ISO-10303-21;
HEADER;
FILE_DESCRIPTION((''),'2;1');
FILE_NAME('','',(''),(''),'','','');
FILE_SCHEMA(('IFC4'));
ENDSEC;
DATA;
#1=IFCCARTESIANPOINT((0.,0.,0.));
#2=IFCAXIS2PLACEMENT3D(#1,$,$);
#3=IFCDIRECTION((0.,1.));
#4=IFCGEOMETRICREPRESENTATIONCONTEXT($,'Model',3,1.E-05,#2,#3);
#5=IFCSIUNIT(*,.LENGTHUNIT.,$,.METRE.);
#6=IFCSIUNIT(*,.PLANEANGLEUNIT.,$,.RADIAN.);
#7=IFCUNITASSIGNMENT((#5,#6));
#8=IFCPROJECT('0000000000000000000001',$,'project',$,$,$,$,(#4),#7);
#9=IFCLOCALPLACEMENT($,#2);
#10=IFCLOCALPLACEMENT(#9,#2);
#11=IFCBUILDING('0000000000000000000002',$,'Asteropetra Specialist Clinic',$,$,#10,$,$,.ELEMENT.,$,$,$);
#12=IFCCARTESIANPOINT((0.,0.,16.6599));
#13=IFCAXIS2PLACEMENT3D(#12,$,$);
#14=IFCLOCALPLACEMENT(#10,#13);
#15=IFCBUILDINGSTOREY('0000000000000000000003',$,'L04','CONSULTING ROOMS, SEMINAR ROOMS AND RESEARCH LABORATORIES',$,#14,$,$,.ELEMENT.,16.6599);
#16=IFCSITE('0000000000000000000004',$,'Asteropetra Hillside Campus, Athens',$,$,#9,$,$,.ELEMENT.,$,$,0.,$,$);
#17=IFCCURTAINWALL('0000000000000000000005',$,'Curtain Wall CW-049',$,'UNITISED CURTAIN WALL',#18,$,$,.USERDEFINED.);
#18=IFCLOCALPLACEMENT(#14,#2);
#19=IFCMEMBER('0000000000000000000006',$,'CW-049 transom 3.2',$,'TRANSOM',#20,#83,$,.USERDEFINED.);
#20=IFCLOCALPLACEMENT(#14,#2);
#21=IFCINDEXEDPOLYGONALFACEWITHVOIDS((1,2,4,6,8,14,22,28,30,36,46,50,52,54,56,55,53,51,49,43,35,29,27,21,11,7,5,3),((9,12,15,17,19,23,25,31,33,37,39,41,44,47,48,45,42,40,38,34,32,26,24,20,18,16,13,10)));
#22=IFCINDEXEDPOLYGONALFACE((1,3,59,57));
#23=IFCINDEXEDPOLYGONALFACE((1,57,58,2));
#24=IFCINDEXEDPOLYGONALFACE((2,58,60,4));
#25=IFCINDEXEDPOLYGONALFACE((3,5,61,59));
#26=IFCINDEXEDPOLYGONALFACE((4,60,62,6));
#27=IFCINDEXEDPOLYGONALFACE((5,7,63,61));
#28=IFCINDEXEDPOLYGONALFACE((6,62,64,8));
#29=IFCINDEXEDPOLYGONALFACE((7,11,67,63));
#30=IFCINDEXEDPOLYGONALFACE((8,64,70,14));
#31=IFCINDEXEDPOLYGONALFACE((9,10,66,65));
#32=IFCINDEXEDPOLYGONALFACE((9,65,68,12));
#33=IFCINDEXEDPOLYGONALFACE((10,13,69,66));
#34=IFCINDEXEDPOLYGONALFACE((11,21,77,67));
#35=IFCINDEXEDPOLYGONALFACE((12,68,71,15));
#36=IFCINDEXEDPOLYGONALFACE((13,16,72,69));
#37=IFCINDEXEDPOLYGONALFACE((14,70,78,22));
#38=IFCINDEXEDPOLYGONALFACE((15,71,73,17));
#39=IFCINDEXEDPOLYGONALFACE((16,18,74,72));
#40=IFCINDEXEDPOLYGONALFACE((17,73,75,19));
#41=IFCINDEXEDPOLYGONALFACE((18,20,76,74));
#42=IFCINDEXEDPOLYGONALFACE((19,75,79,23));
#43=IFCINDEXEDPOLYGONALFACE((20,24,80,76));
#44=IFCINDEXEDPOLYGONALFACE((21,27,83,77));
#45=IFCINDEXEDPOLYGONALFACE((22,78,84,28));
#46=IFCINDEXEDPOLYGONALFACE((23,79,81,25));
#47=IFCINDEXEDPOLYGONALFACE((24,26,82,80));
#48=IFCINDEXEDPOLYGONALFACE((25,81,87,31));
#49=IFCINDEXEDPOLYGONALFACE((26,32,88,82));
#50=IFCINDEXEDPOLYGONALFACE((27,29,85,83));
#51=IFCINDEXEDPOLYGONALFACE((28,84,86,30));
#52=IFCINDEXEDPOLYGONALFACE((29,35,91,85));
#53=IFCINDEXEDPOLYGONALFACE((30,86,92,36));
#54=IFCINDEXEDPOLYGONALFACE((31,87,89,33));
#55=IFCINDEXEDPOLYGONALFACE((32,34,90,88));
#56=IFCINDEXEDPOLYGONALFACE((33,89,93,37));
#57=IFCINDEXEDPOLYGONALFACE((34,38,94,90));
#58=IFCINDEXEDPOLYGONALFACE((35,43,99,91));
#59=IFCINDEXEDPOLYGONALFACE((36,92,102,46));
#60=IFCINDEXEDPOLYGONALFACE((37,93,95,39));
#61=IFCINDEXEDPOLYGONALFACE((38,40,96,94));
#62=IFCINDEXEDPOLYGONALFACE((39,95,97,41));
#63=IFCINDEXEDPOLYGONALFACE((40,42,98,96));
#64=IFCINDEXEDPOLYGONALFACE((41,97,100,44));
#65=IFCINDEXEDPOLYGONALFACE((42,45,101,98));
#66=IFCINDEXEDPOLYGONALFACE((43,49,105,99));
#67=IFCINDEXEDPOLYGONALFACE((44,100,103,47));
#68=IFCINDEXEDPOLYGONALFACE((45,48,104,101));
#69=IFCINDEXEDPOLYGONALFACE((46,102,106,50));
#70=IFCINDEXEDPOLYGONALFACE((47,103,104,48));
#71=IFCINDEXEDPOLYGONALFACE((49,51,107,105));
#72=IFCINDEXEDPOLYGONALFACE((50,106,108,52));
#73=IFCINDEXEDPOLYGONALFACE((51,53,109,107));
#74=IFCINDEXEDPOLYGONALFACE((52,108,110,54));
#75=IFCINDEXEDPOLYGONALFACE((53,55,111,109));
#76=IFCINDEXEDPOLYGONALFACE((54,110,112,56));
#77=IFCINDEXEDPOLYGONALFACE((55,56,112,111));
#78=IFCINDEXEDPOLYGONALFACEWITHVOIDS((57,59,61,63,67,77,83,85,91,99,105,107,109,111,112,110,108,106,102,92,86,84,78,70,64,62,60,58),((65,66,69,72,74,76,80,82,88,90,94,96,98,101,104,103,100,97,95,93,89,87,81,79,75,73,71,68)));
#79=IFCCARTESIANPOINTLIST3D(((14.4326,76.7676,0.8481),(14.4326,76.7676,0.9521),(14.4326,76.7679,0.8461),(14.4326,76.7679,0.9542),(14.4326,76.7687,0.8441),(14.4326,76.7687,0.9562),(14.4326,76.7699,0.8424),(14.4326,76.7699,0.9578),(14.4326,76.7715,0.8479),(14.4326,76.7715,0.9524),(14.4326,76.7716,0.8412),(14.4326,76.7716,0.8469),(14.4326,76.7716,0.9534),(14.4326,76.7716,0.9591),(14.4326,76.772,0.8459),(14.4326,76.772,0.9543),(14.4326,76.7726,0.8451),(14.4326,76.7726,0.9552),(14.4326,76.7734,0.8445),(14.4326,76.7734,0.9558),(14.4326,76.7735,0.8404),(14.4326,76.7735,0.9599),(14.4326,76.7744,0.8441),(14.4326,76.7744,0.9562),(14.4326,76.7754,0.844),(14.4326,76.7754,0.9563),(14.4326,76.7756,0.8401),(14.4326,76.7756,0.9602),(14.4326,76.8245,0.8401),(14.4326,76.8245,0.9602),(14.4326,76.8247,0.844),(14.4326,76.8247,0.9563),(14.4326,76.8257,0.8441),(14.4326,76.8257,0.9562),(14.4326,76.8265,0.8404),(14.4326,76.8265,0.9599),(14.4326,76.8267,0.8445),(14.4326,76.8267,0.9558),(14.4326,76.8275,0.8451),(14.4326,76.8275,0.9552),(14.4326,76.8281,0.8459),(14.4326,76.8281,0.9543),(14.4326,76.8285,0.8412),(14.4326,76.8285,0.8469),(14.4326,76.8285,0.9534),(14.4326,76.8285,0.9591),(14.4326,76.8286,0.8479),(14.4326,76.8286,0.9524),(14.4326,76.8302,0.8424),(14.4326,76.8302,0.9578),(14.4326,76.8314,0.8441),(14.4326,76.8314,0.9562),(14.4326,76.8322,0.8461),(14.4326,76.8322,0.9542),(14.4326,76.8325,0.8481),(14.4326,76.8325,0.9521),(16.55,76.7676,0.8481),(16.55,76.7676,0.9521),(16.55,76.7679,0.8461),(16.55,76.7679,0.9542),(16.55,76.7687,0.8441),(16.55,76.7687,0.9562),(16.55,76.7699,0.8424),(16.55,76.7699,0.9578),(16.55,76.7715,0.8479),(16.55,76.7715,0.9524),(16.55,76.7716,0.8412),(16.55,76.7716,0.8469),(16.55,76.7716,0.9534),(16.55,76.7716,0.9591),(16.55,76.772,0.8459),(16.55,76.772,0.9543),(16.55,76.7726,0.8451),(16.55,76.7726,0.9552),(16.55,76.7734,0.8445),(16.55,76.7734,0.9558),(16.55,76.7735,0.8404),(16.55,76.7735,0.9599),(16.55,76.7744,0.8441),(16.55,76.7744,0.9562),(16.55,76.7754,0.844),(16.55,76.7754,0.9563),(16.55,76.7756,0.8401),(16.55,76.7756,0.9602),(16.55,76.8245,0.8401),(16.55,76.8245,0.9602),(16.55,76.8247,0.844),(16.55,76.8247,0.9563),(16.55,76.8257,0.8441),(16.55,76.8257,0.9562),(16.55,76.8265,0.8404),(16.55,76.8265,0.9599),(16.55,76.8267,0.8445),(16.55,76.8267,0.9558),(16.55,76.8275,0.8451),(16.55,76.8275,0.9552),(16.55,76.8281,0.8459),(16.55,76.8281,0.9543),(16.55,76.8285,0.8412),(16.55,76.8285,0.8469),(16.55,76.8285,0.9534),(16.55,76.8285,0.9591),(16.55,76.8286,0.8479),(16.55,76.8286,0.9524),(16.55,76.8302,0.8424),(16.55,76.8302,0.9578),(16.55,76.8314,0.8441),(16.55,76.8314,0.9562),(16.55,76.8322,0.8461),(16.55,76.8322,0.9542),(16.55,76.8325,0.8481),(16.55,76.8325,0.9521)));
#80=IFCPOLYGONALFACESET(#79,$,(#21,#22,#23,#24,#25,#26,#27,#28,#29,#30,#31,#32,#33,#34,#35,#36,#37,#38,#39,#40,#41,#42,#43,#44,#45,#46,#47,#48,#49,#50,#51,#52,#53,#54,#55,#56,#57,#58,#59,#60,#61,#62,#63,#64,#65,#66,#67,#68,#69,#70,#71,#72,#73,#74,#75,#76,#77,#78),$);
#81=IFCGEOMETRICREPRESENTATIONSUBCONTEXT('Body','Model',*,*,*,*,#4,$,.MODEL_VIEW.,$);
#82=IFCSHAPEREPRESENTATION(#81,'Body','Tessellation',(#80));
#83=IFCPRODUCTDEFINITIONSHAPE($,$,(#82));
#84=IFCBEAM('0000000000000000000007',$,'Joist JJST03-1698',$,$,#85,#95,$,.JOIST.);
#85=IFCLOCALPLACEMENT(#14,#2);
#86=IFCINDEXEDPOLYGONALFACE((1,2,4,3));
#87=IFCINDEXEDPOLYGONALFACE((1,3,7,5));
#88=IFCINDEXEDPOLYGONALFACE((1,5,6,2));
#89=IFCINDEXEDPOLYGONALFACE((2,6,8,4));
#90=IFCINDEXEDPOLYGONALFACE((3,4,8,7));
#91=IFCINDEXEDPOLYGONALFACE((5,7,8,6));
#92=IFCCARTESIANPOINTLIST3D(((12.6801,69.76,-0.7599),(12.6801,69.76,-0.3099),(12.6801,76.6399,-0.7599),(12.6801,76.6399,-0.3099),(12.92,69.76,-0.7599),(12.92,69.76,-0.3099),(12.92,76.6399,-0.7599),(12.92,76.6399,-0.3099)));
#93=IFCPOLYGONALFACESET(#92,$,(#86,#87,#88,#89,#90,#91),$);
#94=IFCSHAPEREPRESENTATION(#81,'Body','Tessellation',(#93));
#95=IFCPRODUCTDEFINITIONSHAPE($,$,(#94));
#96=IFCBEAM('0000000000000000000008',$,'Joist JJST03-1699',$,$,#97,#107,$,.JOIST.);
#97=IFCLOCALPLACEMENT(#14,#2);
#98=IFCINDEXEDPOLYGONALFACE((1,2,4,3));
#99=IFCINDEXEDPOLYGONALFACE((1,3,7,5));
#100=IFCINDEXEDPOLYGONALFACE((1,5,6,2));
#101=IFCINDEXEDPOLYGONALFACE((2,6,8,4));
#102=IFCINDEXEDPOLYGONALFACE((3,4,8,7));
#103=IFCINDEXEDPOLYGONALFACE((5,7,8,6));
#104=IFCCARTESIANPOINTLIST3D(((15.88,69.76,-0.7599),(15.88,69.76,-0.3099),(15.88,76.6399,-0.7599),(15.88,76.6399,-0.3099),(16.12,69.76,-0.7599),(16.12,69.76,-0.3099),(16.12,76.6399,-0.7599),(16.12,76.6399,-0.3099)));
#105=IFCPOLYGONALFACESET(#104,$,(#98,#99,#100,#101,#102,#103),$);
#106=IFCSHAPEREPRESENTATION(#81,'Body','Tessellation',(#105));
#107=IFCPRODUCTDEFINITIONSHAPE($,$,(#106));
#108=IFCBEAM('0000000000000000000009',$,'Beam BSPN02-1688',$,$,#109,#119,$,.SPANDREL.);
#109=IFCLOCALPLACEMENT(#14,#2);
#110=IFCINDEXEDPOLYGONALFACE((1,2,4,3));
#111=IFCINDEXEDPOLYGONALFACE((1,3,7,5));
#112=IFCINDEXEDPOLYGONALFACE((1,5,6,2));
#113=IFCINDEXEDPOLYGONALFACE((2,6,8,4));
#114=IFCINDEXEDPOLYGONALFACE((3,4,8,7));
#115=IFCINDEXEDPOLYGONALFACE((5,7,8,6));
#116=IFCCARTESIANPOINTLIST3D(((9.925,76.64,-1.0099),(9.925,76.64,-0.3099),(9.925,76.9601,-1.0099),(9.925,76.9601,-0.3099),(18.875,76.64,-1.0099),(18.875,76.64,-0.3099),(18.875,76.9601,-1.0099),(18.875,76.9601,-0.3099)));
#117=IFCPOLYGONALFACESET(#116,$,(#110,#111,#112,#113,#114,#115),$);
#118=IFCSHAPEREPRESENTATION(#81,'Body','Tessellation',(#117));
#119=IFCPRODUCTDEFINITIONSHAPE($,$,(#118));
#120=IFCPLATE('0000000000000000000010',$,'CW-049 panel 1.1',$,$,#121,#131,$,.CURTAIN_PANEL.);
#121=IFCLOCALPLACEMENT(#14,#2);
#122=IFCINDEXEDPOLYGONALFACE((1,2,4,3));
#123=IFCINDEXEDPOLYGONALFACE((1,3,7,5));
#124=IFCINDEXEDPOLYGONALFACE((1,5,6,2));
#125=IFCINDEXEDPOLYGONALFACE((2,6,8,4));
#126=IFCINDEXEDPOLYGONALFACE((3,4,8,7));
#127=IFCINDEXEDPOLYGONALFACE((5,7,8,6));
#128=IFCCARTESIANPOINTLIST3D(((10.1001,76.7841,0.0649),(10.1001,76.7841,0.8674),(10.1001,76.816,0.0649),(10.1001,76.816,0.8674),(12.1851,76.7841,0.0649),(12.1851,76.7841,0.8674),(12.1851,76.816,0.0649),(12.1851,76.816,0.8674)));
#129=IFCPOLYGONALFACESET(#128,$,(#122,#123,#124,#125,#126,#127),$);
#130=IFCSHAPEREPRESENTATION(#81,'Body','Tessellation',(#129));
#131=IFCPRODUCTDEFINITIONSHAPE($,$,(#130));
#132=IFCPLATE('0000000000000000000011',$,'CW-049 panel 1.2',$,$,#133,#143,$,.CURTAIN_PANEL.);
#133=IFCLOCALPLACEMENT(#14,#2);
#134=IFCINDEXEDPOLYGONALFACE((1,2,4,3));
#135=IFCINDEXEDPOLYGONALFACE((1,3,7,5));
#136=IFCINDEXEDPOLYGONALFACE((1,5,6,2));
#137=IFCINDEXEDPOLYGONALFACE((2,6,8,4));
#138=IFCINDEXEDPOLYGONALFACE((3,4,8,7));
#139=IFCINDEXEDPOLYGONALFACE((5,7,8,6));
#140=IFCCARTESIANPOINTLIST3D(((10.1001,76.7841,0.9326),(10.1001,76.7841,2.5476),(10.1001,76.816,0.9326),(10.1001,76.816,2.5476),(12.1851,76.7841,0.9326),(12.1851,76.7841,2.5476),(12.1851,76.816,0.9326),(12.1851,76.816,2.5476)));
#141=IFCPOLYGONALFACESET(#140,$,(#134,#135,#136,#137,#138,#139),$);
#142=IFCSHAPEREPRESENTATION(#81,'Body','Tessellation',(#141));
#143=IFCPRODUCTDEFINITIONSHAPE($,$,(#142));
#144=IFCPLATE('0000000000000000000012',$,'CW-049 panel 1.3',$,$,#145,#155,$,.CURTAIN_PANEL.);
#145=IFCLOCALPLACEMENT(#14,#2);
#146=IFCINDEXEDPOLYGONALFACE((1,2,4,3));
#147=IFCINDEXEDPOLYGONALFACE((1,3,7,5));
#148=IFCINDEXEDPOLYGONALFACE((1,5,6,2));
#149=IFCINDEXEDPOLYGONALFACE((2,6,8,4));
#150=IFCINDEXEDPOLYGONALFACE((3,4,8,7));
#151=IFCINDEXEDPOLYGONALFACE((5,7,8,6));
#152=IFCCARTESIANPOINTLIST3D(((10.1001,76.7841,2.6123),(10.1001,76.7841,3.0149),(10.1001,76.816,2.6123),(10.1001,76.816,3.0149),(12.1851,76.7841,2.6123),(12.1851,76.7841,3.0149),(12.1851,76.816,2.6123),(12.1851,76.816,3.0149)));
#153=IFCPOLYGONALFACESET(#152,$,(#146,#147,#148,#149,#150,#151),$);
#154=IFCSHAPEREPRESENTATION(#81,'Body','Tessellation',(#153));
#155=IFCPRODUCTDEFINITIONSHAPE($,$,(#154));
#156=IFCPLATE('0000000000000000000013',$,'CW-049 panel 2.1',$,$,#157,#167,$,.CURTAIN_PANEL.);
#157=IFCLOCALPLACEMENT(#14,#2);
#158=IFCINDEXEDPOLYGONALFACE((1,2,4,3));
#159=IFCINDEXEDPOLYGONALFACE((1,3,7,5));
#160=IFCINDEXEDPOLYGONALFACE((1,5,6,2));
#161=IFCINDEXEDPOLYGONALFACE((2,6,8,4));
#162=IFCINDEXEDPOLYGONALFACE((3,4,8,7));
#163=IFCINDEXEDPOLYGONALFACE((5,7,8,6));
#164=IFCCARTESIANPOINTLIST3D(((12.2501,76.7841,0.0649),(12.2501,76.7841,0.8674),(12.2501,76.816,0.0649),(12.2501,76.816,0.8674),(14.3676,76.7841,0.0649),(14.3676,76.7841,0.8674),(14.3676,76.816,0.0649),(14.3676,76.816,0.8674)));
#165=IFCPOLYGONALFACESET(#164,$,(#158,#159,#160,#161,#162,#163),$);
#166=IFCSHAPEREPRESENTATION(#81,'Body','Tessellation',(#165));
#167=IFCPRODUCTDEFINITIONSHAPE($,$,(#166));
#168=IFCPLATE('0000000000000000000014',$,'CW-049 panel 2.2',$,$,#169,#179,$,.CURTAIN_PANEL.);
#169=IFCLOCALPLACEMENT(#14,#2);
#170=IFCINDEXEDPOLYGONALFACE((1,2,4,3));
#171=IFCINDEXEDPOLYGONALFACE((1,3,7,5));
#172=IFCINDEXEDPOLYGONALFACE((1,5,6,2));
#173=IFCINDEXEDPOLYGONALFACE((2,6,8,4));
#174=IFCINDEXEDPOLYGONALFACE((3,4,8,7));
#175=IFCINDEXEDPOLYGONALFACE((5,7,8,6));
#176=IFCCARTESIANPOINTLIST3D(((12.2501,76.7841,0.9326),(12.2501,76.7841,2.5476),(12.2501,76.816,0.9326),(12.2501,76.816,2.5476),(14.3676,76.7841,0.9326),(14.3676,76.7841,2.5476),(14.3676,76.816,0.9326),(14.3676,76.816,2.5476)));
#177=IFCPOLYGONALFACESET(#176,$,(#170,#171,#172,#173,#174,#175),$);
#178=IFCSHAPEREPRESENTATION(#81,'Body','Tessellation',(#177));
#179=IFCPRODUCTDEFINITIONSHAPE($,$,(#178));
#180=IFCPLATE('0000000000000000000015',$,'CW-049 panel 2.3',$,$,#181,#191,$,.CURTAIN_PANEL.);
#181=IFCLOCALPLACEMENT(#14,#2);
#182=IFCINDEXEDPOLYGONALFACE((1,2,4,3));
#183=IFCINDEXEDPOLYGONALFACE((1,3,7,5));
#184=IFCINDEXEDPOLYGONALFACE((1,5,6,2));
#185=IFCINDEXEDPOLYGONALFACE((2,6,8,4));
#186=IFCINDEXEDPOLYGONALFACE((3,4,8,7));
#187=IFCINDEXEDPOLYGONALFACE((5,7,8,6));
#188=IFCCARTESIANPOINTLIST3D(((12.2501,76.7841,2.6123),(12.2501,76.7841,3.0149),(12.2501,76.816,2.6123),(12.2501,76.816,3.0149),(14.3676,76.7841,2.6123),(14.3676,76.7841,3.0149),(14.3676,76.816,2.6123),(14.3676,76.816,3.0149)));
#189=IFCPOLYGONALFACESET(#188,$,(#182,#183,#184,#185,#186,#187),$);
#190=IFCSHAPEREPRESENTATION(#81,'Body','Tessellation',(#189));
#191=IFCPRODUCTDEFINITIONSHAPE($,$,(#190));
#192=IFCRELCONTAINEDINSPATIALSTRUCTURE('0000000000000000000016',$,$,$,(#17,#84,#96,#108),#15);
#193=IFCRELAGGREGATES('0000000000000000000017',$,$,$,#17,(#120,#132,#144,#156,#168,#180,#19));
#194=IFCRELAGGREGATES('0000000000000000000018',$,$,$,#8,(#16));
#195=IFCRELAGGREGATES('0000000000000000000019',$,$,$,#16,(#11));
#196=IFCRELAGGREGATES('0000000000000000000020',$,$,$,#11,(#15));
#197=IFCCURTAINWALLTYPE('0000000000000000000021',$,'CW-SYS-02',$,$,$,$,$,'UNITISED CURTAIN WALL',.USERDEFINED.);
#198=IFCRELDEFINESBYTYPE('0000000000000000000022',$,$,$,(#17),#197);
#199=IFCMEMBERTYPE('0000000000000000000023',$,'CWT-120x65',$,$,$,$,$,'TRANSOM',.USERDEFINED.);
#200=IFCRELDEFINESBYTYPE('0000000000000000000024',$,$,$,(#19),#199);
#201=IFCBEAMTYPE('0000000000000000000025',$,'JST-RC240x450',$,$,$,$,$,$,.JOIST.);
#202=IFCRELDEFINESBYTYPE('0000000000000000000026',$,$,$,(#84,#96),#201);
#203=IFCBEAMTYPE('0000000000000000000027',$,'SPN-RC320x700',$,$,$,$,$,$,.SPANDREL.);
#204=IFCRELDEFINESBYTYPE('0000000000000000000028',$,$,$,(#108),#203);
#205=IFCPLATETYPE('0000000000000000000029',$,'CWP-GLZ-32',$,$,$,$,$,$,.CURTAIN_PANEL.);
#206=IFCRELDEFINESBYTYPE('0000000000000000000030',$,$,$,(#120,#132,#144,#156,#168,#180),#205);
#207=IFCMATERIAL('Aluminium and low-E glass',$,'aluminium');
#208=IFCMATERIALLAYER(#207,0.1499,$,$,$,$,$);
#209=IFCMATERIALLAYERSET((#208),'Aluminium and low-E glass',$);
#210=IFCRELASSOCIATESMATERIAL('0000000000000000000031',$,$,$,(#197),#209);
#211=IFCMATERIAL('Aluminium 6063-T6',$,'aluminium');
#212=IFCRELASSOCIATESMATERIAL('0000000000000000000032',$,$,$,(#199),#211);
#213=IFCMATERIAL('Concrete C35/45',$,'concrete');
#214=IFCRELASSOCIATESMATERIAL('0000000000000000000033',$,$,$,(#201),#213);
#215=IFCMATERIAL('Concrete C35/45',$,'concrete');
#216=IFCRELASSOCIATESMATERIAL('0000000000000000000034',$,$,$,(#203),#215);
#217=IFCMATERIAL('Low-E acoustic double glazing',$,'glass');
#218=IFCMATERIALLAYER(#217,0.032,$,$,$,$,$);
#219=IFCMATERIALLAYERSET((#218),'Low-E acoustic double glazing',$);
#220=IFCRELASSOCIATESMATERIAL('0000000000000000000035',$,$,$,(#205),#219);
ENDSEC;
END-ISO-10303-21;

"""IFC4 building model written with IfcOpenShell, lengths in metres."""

from ifc_helpers import new_model, si_unit, direction, frame, origin, origin_2d, place, context, subcontext, project, spatial, rectangle, hollow_rectangle, extrude, material, layer, layer_set, material_profile, profile_set, type_object, element, aggregate, save


model = new_model("IFC4")

# Units and contexts
model_context = context("Model", 3, precision=1e-05, world=origin(), true_north=direction((0.0, 1.0)))
body_context = subcontext(model_context, "Body", "Model", "MODEL_VIEW")
ifc_project = project(units=[si_unit("LENGTHUNIT", "METRE"), si_unit("PLANEANGLEUNIT", "RADIAN")], contexts=[model_context])

# Site, building, storey
site_placement = place(None, origin())
site = spatial("IfcSite", under=ifc_project, at=site_placement, Name="Asteropetra Hillside Campus, Athens", CompositionType="ELEMENT", RefElevation=0.0)
building_placement = place(site_placement, origin())
building = spatial("IfcBuilding", under=site, at=building_placement, Name="Asteropetra Specialist Clinic", CompositionType="ELEMENT")
storey_placement = place(building_placement, frame((0.0, 0.0, 16.6599)))
storey = spatial("IfcBuildingStorey", under=building, at=storey_placement, Name="L04", Description="CONSULTING ROOMS, SEMINAR ROOMS AND RESEARCH LABORATORIES", CompositionType="ELEMENT", Elevation=16.6599)

# Curtain wall, member
ifc_material_1 = material(Name="Aluminium and low-E glass", Category="aluminium")
ifc_layer_1 = layer(ifc_material_1, 0.1499)
ifc_layer_set_1 = layer_set([ifc_layer_1], Name="Aluminium and low-E glass")
curtain_wall_type = type_object("IfcCurtainWallType", Name="CW-SYS-02", ElementType="UNITISED CURTAIN WALL", PredefinedType="USERDEFINED", material=ifc_layer_set_1)
curtain_wall_placement = place(storey_placement, origin())
curtain_wall = element("IfcCurtainWall", 1, at=curtain_wall_placement, inside=storey, type_object=curtain_wall_type, Name="Curtain Wall CW-049", ObjectType="UNITISED CURTAIN WALL", PredefinedType="USERDEFINED")
ifc_material_2 = material(Name="Aluminium 6063-T6", Category="aluminium")
ifc_material_profile_1 = material_profile(ifc_material_2, hollow_rectangle(XDim=0.0649, YDim=0.1201, WallThickness=0.0039, InnerFilletRadius=0.0039, OuterFilletRadius=0.0081, at=origin_2d()), Name="TRN 120x65x4.0")
ifc_profile_set_1 = profile_set([ifc_material_profile_1], Name="Aluminium 6063-T6")
member_type_1 = type_object("IfcMemberType", Name="CWT-120x65", ElementType="TRANSOM", PredefinedType="USERDEFINED", material=ifc_profile_set_1)
member_1_placement = place(storey_placement, frame((14.4326, 76.8, 0.9001), z_axis=(1.0, 0.0, 0.0), x_axis=(0.0, 1.0, 0.0)))
member_1 = element("IfcMember", 2, at=member_1_placement, type_object=member_type_1, Name="CW-049 transom 3.2", ObjectType="TRANSOM", PredefinedType="USERDEFINED", context=body_context, shape_type="SweptSolid", body=[
    extrude(hollow_rectangle(XDim=0.0649, YDim=0.1201, WallThickness=0.0039, InnerFilletRadius=0.0039, OuterFilletRadius=0.0081, at=origin_2d()), origin(), (0.0, 0.0, 1.0), 2.1174),
])

# Beams
ifc_material_3 = material(Name="Concrete C35/45", Category="concrete")
ifc_material_profile_2 = material_profile(ifc_material_3, rectangle(XDim=0.24, YDim=0.45, at=origin_2d()), Name="RCJ 240x450")
ifc_profile_set_2 = profile_set([ifc_material_profile_2], Name="Concrete C35/45")
beam_type_1 = type_object("IfcBeamType", Name="JST-RC240x450", PredefinedType="JOIST", material=ifc_profile_set_2)
for number, where, z_axis, x_axis, name in (
    (3, (12.8, 69.76, -0.5349), (0.0, 1.0, 0.0), (-1.0, 0.0, 0.0), "Joist JJST03-1698"),
    (4, (16.0, 69.76, -0.5349), (0.0, 1.0, 0.0), (-1.0, 0.0, 0.0), "Joist JJST03-1699"),
):
    element("IfcBeam", number, at=place(storey_placement, frame(where, z_axis=z_axis, x_axis=x_axis)), inside=storey, type_object=beam_type_1, Name=name, PredefinedType="JOIST", context=body_context, shape_type="SweptSolid", body=[
        extrude(rectangle(XDim=0.24, YDim=0.45, at=origin_2d()), origin(), (0.0, 0.0, 1.0), 6.8799),
    ])
ifc_material_4 = material(Name="Concrete C35/45", Category="concrete")
ifc_material_profile_3 = material_profile(ifc_material_4, rectangle(XDim=0.3201, YDim=0.7, at=origin_2d()), Name="RCS 320x700")
ifc_profile_set_3 = profile_set([ifc_material_profile_3], Name="Concrete C35/45")
beam_type_2 = type_object("IfcBeamType", Name="SPN-RC320x700", PredefinedType="SPANDREL", material=ifc_profile_set_3)
beam_placement = place(storey_placement, frame((9.925, 76.8, -0.6599), z_axis=(1.0, 0.0, 0.0), x_axis=(0.0, 1.0, 0.0)))
element("IfcBeam", 5, at=beam_placement, inside=storey, type_object=beam_type_2, Name="Beam BSPN02-1688", PredefinedType="SPANDREL", context=body_context, shape_type="SweptSolid", body=[
    extrude(rectangle(XDim=0.3201, YDim=0.7, at=origin_2d()), origin(), (0.0, 0.0, 1.0), 8.95),
])

# Plates
ifc_material_5 = material(Name="Low-E acoustic double glazing", Category="glass")
ifc_layer_2 = layer(ifc_material_5, 0.032)
ifc_layer_set_2 = layer_set([ifc_layer_2], Name="Low-E acoustic double glazing")
plate_type = type_object("IfcPlateType", Name="CWP-GLZ-32", PredefinedType="CURTAIN_PANEL", material=ifc_layer_set_2)
plate_1_placement = place(storey_placement, frame((11.1426, 76.8, 0.0649), z_axis=(0.0, 0.0, 1.0), x_axis=(1.0, 0.0, 0.0)))
plate_1 = element("IfcPlate", 6, at=plate_1_placement, type_object=plate_type, Name="CW-049 panel 1.1", PredefinedType="CURTAIN_PANEL", context=body_context, shape_type="SweptSolid", body=[
    extrude(rectangle(XDim=2.085, YDim=0.032, at=origin_2d()), origin(), (0.0, 0.0, 1.0), 0.8025),
])
plate_2_placement = place(storey_placement, frame((11.1426, 76.8, 0.9326), z_axis=(0.0, 0.0, 1.0), x_axis=(1.0, 0.0, 0.0)))
plate_2 = element("IfcPlate", 7, at=plate_2_placement, type_object=plate_type, Name="CW-049 panel 1.2", PredefinedType="CURTAIN_PANEL", context=body_context, shape_type="SweptSolid", body=[
    extrude(rectangle(XDim=2.085, YDim=0.032, at=origin_2d()), origin(), (0.0, 0.0, 1.0), 1.615),
])
plate_3_placement = place(storey_placement, frame((11.1426, 76.8, 2.6123), z_axis=(0.0, 0.0, 1.0), x_axis=(1.0, 0.0, 0.0)))
plate_3 = element("IfcPlate", 8, at=plate_3_placement, type_object=plate_type, Name="CW-049 panel 1.3", PredefinedType="CURTAIN_PANEL", context=body_context, shape_type="SweptSolid", body=[
    extrude(rectangle(XDim=2.085, YDim=0.032, at=origin_2d()), origin(), (0.0, 0.0, 1.0), 0.4026),
])
plate_4_placement = place(storey_placement, frame((13.3088, 76.8, 0.0649), z_axis=(0.0, 0.0, 1.0), x_axis=(1.0, 0.0, 0.0)))
plate_4 = element("IfcPlate", 9, at=plate_4_placement, type_object=plate_type, Name="CW-049 panel 2.1", PredefinedType="CURTAIN_PANEL", context=body_context, shape_type="SweptSolid", body=[
    extrude(rectangle(XDim=2.1174, YDim=0.032, at=origin_2d()), origin(), (0.0, 0.0, 1.0), 0.8025),
])
plate_5_placement = place(storey_placement, frame((13.3088, 76.8, 0.9326), z_axis=(0.0, 0.0, 1.0), x_axis=(1.0, 0.0, 0.0)))
plate_5 = element("IfcPlate", 10, at=plate_5_placement, type_object=plate_type, Name="CW-049 panel 2.2", PredefinedType="CURTAIN_PANEL", context=body_context, shape_type="SweptSolid", body=[
    extrude(rectangle(XDim=2.1174, YDim=0.032, at=origin_2d()), origin(), (0.0, 0.0, 1.0), 1.615),
])
plate_6_placement = place(storey_placement, frame((13.3088, 76.8, 2.6123), z_axis=(0.0, 0.0, 1.0), x_axis=(1.0, 0.0, 0.0)))
plate_6 = element("IfcPlate", 11, at=plate_6_placement, type_object=plate_type, Name="CW-049 panel 2.3", PredefinedType="CURTAIN_PANEL", context=body_context, shape_type="SweptSolid", body=[
    extrude(rectangle(XDim=2.1174, YDim=0.032, at=origin_2d()), origin(), (0.0, 0.0, 1.0), 0.4026),
])
aggregate(curtain_wall, [plate_1, plate_2, plate_3, plate_4, plate_5, plate_6, member_1])

save(model, "model.ifc")
